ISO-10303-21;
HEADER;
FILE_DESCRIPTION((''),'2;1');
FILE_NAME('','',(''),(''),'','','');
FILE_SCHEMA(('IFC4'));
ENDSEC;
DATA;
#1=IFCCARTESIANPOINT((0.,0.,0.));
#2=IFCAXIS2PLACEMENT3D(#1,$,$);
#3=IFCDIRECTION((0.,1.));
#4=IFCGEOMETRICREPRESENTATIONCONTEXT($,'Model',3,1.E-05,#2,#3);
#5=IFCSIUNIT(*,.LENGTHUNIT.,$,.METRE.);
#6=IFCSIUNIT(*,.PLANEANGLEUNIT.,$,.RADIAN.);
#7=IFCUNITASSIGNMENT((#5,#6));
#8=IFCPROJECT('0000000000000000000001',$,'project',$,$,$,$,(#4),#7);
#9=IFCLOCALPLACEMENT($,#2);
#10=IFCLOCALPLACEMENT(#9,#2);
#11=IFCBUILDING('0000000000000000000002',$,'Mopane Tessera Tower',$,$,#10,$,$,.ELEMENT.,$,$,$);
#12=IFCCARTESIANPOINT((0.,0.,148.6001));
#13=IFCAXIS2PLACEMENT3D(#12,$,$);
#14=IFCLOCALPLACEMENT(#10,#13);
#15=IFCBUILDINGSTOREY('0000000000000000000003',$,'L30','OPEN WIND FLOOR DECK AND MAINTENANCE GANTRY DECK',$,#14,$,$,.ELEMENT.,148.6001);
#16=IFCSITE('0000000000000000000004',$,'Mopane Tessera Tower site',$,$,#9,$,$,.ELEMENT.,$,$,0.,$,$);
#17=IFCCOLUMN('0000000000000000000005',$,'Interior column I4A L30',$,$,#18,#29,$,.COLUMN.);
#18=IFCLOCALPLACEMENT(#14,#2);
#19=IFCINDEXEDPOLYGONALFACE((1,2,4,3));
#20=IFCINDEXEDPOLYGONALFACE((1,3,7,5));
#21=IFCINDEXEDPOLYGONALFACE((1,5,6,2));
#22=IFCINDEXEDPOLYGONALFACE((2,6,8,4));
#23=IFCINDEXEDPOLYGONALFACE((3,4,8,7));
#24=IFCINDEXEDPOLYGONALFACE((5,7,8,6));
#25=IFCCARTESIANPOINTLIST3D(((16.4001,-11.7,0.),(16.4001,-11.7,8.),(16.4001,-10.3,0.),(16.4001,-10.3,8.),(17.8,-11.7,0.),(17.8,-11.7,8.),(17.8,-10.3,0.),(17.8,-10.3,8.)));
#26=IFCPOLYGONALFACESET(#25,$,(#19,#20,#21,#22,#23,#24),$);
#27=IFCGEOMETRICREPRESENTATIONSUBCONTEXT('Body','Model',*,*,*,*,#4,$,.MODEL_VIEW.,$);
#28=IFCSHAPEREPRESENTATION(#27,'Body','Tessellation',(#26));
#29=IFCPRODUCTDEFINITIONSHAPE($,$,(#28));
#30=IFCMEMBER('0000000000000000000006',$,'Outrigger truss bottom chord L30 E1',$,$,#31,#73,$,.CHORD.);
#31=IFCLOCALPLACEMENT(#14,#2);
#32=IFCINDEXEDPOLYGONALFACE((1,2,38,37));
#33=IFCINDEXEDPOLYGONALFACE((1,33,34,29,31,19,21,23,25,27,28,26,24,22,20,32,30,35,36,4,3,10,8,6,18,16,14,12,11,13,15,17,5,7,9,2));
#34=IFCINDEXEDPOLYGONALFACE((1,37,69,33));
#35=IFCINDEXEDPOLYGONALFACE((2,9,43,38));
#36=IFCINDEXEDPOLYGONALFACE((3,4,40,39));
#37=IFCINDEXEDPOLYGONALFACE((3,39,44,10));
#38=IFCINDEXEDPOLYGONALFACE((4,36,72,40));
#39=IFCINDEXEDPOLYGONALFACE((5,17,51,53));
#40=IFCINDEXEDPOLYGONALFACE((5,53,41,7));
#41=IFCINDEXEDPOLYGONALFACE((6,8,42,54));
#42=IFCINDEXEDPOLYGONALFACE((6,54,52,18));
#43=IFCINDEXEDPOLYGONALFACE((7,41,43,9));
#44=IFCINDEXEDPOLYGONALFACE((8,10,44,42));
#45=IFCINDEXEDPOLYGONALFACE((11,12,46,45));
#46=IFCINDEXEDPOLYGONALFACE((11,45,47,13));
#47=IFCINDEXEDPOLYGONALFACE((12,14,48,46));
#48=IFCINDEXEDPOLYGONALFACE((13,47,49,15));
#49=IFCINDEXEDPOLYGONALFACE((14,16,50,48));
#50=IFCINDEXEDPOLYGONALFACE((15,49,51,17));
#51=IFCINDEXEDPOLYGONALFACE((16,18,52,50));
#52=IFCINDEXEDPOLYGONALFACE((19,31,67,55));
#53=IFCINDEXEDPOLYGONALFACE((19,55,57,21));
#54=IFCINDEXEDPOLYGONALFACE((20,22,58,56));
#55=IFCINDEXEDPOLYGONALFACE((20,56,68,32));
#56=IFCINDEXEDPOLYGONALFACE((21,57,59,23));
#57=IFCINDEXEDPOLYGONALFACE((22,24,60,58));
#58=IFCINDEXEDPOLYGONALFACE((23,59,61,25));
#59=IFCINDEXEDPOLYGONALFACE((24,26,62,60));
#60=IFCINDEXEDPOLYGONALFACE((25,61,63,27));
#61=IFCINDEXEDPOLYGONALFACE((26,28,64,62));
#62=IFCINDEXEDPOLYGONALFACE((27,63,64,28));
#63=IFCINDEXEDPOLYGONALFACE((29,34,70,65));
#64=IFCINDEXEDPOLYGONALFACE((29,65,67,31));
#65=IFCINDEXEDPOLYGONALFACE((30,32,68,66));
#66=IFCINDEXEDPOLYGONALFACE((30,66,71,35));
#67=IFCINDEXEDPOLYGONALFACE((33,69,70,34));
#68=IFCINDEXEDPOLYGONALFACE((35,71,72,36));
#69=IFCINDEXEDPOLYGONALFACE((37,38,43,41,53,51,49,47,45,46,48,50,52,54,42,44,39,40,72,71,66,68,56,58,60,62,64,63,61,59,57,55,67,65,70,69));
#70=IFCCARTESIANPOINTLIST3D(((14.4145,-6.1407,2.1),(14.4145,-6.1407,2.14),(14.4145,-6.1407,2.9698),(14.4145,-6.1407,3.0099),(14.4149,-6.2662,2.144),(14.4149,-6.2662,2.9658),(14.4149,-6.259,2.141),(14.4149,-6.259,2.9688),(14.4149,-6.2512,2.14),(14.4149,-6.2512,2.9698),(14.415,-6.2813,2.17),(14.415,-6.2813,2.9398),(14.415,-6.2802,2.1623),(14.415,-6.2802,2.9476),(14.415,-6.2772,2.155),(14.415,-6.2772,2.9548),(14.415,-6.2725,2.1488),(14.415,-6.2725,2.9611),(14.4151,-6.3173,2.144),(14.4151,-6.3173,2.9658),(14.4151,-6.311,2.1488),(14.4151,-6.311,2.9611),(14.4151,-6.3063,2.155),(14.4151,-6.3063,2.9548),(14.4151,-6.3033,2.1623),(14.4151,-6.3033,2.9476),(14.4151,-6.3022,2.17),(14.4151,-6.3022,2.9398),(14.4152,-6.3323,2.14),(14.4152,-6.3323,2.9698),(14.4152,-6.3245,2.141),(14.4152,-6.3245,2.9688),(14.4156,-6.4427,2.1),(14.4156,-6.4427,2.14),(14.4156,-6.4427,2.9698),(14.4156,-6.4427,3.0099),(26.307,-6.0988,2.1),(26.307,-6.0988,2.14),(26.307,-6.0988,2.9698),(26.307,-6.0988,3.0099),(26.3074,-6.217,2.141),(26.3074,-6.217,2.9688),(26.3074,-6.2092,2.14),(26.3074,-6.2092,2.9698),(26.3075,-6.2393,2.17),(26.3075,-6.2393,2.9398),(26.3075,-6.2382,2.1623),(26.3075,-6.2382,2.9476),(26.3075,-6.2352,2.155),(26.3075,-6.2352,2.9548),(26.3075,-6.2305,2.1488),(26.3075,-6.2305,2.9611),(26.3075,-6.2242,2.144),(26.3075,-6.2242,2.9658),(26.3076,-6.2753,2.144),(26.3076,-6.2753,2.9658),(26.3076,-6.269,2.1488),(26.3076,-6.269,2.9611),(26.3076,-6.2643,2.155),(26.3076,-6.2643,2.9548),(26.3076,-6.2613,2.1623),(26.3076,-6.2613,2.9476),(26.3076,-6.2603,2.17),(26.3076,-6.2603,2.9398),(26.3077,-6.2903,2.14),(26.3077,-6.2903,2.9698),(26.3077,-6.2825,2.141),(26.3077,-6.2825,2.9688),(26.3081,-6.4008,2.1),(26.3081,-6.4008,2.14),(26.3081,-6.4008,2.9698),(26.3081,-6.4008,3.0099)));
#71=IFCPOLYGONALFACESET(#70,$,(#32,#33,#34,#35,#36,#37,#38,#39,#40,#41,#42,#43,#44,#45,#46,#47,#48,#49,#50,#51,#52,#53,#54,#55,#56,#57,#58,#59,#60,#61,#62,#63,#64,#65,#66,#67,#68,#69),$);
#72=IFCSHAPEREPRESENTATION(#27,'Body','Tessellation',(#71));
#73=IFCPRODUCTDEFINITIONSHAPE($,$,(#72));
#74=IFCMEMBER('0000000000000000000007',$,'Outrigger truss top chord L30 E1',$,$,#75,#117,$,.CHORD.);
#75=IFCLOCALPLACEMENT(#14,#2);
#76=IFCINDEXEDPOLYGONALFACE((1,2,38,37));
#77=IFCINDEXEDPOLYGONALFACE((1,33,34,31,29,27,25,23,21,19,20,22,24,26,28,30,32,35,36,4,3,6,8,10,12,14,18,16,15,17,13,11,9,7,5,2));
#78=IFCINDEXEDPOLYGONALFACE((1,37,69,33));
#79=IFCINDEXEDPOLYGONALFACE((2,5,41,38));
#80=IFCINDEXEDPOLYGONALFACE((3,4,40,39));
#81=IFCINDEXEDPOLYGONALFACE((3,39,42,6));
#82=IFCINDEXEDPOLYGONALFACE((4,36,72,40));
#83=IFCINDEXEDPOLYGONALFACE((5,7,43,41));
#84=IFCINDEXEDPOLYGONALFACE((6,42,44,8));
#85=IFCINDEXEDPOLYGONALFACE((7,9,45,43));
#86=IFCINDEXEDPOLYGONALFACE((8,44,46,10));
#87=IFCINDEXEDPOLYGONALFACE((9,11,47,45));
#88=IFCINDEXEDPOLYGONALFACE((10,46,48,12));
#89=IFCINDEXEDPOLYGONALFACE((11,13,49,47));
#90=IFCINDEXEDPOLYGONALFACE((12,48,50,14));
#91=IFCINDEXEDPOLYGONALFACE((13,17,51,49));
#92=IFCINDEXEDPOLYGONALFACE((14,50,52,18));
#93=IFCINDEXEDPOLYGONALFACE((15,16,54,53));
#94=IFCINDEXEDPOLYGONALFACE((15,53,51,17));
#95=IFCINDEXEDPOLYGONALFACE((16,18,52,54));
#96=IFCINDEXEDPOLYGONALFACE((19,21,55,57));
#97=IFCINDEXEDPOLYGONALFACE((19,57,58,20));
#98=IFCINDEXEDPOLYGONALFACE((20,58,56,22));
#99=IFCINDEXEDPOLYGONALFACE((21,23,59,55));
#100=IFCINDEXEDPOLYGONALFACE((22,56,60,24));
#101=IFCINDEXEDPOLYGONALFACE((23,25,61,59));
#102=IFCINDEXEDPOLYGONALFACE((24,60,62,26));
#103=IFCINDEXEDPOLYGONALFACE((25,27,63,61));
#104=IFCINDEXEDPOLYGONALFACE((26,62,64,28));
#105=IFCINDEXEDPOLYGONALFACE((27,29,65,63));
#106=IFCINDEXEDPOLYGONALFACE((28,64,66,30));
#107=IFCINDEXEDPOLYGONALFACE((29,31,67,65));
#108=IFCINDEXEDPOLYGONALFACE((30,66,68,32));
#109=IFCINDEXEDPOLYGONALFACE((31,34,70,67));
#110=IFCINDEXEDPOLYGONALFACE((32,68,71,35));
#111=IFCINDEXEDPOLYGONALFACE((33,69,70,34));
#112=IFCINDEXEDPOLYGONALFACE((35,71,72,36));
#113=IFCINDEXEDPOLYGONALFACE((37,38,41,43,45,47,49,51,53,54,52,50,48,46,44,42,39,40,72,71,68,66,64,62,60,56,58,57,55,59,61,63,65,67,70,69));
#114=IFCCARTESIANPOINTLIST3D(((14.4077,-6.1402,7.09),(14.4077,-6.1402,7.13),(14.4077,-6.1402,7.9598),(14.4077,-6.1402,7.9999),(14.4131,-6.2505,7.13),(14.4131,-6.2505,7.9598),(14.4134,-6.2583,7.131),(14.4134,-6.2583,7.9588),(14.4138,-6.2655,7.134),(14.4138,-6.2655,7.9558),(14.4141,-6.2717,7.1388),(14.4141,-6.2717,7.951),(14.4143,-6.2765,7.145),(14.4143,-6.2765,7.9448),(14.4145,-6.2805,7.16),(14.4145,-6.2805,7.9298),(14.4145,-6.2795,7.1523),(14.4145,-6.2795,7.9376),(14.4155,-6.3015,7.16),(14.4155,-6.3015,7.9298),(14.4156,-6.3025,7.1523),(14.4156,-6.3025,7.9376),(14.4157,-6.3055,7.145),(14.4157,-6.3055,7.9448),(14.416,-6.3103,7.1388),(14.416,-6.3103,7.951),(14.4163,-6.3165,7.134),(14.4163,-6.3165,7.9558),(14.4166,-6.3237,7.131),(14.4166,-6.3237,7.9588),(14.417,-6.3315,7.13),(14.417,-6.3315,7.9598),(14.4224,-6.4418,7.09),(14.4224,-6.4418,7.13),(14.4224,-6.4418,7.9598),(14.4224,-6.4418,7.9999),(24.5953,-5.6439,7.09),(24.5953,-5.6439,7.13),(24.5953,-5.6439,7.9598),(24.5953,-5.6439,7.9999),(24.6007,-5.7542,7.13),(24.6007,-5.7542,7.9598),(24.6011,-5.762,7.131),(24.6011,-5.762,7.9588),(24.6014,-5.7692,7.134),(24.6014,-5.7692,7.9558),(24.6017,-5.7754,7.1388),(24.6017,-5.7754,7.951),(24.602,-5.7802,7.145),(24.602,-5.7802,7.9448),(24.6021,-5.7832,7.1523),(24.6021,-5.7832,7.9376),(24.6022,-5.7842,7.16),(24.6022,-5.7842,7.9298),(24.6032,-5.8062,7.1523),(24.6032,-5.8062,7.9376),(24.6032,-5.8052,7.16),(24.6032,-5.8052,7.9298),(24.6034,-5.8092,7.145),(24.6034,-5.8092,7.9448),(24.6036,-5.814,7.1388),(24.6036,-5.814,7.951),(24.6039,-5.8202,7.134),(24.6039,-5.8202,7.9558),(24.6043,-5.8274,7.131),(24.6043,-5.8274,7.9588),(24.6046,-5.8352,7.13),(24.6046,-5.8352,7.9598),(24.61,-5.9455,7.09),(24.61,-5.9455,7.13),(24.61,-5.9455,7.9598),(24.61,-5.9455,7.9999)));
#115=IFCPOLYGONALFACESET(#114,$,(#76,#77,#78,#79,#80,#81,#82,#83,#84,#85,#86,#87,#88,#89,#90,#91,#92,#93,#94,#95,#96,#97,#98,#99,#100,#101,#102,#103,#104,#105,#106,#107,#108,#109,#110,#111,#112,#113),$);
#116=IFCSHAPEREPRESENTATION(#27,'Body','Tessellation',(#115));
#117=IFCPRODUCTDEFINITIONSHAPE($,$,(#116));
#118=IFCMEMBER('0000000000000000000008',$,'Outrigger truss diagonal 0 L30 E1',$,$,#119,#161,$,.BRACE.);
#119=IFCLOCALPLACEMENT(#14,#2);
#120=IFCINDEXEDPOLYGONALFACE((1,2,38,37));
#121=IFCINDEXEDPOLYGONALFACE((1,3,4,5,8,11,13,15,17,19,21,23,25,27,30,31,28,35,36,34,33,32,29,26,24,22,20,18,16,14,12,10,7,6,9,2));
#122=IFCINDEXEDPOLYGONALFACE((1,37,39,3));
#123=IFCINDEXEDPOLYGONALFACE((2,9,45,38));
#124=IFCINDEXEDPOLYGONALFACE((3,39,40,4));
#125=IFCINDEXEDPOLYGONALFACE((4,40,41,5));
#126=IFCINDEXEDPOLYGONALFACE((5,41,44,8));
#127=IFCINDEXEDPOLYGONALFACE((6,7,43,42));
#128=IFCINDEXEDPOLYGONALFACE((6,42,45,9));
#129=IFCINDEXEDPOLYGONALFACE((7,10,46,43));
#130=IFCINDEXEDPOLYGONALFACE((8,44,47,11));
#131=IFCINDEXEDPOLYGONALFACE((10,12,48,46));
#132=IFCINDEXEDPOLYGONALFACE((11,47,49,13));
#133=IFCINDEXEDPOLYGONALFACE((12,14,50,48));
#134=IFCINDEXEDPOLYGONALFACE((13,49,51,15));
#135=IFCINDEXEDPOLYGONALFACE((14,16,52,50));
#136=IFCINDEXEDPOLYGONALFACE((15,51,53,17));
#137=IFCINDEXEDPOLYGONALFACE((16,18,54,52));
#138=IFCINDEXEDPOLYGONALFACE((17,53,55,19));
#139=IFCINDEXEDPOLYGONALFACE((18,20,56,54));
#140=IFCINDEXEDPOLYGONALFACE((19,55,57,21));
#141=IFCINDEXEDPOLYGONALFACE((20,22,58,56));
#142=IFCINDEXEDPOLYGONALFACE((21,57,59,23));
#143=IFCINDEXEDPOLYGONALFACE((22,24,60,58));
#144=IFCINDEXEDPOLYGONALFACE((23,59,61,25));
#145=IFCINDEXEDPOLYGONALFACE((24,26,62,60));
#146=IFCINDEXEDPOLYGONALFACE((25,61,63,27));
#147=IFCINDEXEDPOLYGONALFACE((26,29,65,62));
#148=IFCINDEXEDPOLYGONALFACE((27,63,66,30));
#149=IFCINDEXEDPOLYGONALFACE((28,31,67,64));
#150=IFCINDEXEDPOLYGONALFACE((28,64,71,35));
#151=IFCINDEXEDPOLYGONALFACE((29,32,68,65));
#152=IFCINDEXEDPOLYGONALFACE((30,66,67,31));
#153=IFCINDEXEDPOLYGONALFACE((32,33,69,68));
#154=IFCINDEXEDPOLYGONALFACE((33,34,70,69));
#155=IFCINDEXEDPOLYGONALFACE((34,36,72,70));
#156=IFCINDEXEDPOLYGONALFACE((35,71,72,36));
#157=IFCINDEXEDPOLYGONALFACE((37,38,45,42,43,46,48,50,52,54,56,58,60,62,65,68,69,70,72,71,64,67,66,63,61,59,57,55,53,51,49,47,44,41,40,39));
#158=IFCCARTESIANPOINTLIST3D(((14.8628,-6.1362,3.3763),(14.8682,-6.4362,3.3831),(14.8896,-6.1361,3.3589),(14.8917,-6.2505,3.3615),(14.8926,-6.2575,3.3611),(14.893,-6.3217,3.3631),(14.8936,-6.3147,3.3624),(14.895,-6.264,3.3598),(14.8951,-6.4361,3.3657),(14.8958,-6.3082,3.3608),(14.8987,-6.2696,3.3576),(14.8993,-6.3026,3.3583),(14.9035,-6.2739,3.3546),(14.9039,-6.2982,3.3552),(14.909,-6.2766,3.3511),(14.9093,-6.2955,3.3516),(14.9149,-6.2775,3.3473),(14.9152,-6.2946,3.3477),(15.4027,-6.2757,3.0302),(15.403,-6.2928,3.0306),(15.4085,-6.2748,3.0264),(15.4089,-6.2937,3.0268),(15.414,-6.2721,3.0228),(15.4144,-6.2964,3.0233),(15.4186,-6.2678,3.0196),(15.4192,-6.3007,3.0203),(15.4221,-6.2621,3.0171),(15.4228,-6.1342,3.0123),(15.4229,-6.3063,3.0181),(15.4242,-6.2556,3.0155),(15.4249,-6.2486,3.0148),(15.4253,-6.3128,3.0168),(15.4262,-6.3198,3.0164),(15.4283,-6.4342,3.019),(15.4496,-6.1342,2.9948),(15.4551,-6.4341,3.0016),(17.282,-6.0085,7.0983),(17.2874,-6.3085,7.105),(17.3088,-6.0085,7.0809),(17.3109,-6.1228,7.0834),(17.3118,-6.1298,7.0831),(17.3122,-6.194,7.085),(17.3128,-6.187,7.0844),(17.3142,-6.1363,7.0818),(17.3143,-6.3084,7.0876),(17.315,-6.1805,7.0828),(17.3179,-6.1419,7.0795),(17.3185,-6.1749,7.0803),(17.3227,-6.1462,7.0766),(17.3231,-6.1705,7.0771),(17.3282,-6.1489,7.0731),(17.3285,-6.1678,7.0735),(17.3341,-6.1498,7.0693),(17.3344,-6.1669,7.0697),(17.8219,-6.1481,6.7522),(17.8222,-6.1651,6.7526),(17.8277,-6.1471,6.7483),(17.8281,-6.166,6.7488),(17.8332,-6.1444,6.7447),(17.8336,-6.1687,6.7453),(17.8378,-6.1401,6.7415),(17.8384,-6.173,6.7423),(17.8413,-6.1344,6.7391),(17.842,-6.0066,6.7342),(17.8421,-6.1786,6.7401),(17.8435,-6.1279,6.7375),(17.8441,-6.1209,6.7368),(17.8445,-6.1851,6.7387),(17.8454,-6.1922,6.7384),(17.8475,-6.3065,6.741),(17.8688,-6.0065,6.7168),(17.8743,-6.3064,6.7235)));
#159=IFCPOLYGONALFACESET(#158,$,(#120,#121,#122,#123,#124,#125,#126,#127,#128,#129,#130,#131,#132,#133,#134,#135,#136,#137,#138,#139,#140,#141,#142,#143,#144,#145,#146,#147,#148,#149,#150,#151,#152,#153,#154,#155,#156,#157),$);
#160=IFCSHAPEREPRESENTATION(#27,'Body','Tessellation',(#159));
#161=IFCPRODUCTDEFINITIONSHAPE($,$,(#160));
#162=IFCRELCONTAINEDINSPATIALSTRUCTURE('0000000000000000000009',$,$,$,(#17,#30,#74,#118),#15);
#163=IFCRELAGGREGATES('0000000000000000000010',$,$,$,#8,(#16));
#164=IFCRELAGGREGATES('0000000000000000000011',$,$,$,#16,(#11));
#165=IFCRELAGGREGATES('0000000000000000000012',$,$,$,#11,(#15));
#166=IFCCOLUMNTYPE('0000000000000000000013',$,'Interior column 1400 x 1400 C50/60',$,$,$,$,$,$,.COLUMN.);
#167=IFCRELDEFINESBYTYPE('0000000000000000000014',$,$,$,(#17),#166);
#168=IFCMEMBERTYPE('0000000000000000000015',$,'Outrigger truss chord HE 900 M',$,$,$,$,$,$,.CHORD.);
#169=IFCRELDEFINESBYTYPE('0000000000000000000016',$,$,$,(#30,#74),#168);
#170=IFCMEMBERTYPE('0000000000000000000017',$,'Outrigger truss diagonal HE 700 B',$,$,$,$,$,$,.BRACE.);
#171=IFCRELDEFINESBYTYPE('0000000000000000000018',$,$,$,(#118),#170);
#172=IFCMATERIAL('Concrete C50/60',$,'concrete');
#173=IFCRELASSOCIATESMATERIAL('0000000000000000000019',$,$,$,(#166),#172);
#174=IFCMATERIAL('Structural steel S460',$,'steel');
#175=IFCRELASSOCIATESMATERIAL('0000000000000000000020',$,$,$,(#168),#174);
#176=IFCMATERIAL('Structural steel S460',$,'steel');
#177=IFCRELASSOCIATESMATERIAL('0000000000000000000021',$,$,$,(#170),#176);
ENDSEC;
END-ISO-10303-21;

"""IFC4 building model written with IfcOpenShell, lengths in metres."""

from ifc_helpers import new_model, si_unit, direction, frame, origin, origin_2d, place, context, subcontext, project, spatial, rectangle, i_section, extrude, material, material_profile, profile_set, type_object, element, save


model = new_model("IFC4")

# Units and contexts
model_context = context("Model", 3, precision=1e-05, world=origin(), true_north=direction((0.0, 1.0)))
body_context = subcontext(model_context, "Body", "Model", "MODEL_VIEW")
ifc_project = project(units=[si_unit("LENGTHUNIT", "METRE"), si_unit("PLANEANGLEUNIT", "RADIAN")], contexts=[model_context])

# Site, building, storey
site_placement = place(None, origin())
site = spatial("IfcSite", under=ifc_project, at=site_placement, Name="Mopane Tessera Tower site", CompositionType="ELEMENT", RefElevation=0.0)
building_placement = place(site_placement, origin())
building = spatial("IfcBuilding", under=site, at=building_placement, Name="Mopane Tessera Tower", CompositionType="ELEMENT")
storey_placement = place(building_placement, frame((0.0, 0.0, 148.6001)))
storey = spatial("IfcBuildingStorey", under=building, at=storey_placement, Name="L30", Description="OPEN WIND FLOOR DECK AND MAINTENANCE GANTRY DECK", CompositionType="ELEMENT", Elevation=148.6001)

# Column
ifc_material_1 = material(Name="Concrete C50/60", Category="concrete")
ifc_material_profile_1 = material_profile(ifc_material_1, rectangle(XDim=1.3999, YDim=1.3999, at=origin_2d()))
ifc_profile_set_1 = profile_set([ifc_material_profile_1], Name="Concrete C50/60")
column_type = type_object("IfcColumnType", Name="Interior column 1400 x 1400 C50/60", PredefinedType="COLUMN", material=ifc_profile_set_1)
column_placement = place(storey_placement, frame((17.1001, -11.0, 0.0), z_axis=(0.0, 0.0, 1.0), x_axis=(1.0, 0.0, 0.0)))
element("IfcColumn", 1, at=column_placement, inside=storey, type_object=column_type, Name="Interior column I4A L30", PredefinedType="COLUMN", context=body_context, shape_type="SweptSolid", body=[
    extrude(rectangle(XDim=1.3999, YDim=1.3999, at=origin_2d()), origin(), (0.0, 0.0, 1.0), 8.0),
])

# Members
ifc_material_2 = material(Name="Structural steel S460", Category="steel")
ifc_material_profile_2 = material_profile(ifc_material_2, i_section(OverallWidth=0.302, OverallDepth=0.9099, WebThickness=0.021, FlangeThickness=0.04, FilletRadius=0.03, at=origin_2d()))
ifc_profile_set_2 = profile_set([ifc_material_profile_2], Name="Structural steel S460")
member_type_1 = type_object("IfcMemberType", Name="Outrigger truss chord HE 900 M", PredefinedType="CHORD", material=ifc_profile_set_2)
member_1_placement = place(storey_placement, frame((14.415, -6.2917, 2.5549), z_axis=(0.999994, 0.003531, 0.0), x_axis=(-0.003531, 0.999994, 0.0)))
element("IfcMember", 2, at=member_1_placement, inside=storey, type_object=member_type_1, Name="Outrigger truss bottom chord L30 E1", PredefinedType="CHORD", context=body_context, shape_type="SweptSolid", body=[
    extrude(i_section(OverallWidth=0.302, OverallDepth=0.9099, WebThickness=0.021, FlangeThickness=0.04, FilletRadius=0.03, at=origin_2d()), origin(), (0.0, 0.0, 1.0), 11.8926),
])
member_2_placement = place(storey_placement, frame((14.415, -6.291, 7.5449), z_axis=(0.998815, 0.048661, 0.0), x_axis=(-0.048661, 0.998815, 0.0)))
element("IfcMember", 3, at=member_2_placement, inside=storey, type_object=member_type_1, Name="Outrigger truss top chord L30 E1", PredefinedType="CHORD", context=body_context, shape_type="SweptSolid", body=[
    extrude(i_section(OverallWidth=0.302, OverallDepth=0.9099, WebThickness=0.021, FlangeThickness=0.04, FilletRadius=0.03, at=origin_2d()), origin(), (0.0, 0.0, 1.0), 10.1997),
])
ifc_material_3 = material(Name="Structural steel S460", Category="steel")
ifc_material_profile_3 = material_profile(ifc_material_3, i_section(OverallWidth=0.3, OverallDepth=0.7, WebThickness=0.0171, FlangeThickness=0.032, FilletRadius=0.0271, at=origin_2d()))
ifc_profile_set_3 = profile_set([ifc_material_profile_3], Name="Structural steel S460")
member_type_2 = type_object("IfcMemberType", Name="Outrigger truss diagonal HE 700 B", PredefinedType="BRACE", material=ifc_profile_set_3)
member_3_placement = place(storey_placement, frame((15.1589, -6.2852, 3.189), z_axis=(0.544753, 0.028752, 0.838103), x_axis=(-0.018166, 0.999582, -0.022484)))
element("IfcMember", 4, at=member_3_placement, inside=storey, type_object=member_type_2, Name="Outrigger truss diagonal 0 L30 E1", PredefinedType="BRACE", context=body_context, shape_type="SweptSolid", body=[
    extrude(i_section(OverallWidth=0.3, OverallDepth=0.7, WebThickness=0.0171, FlangeThickness=0.032, FilletRadius=0.0271, at=origin_2d()), origin(), (0.0, 0.0, 1.0), 4.4409),
])

save(model, "model.ifc")
